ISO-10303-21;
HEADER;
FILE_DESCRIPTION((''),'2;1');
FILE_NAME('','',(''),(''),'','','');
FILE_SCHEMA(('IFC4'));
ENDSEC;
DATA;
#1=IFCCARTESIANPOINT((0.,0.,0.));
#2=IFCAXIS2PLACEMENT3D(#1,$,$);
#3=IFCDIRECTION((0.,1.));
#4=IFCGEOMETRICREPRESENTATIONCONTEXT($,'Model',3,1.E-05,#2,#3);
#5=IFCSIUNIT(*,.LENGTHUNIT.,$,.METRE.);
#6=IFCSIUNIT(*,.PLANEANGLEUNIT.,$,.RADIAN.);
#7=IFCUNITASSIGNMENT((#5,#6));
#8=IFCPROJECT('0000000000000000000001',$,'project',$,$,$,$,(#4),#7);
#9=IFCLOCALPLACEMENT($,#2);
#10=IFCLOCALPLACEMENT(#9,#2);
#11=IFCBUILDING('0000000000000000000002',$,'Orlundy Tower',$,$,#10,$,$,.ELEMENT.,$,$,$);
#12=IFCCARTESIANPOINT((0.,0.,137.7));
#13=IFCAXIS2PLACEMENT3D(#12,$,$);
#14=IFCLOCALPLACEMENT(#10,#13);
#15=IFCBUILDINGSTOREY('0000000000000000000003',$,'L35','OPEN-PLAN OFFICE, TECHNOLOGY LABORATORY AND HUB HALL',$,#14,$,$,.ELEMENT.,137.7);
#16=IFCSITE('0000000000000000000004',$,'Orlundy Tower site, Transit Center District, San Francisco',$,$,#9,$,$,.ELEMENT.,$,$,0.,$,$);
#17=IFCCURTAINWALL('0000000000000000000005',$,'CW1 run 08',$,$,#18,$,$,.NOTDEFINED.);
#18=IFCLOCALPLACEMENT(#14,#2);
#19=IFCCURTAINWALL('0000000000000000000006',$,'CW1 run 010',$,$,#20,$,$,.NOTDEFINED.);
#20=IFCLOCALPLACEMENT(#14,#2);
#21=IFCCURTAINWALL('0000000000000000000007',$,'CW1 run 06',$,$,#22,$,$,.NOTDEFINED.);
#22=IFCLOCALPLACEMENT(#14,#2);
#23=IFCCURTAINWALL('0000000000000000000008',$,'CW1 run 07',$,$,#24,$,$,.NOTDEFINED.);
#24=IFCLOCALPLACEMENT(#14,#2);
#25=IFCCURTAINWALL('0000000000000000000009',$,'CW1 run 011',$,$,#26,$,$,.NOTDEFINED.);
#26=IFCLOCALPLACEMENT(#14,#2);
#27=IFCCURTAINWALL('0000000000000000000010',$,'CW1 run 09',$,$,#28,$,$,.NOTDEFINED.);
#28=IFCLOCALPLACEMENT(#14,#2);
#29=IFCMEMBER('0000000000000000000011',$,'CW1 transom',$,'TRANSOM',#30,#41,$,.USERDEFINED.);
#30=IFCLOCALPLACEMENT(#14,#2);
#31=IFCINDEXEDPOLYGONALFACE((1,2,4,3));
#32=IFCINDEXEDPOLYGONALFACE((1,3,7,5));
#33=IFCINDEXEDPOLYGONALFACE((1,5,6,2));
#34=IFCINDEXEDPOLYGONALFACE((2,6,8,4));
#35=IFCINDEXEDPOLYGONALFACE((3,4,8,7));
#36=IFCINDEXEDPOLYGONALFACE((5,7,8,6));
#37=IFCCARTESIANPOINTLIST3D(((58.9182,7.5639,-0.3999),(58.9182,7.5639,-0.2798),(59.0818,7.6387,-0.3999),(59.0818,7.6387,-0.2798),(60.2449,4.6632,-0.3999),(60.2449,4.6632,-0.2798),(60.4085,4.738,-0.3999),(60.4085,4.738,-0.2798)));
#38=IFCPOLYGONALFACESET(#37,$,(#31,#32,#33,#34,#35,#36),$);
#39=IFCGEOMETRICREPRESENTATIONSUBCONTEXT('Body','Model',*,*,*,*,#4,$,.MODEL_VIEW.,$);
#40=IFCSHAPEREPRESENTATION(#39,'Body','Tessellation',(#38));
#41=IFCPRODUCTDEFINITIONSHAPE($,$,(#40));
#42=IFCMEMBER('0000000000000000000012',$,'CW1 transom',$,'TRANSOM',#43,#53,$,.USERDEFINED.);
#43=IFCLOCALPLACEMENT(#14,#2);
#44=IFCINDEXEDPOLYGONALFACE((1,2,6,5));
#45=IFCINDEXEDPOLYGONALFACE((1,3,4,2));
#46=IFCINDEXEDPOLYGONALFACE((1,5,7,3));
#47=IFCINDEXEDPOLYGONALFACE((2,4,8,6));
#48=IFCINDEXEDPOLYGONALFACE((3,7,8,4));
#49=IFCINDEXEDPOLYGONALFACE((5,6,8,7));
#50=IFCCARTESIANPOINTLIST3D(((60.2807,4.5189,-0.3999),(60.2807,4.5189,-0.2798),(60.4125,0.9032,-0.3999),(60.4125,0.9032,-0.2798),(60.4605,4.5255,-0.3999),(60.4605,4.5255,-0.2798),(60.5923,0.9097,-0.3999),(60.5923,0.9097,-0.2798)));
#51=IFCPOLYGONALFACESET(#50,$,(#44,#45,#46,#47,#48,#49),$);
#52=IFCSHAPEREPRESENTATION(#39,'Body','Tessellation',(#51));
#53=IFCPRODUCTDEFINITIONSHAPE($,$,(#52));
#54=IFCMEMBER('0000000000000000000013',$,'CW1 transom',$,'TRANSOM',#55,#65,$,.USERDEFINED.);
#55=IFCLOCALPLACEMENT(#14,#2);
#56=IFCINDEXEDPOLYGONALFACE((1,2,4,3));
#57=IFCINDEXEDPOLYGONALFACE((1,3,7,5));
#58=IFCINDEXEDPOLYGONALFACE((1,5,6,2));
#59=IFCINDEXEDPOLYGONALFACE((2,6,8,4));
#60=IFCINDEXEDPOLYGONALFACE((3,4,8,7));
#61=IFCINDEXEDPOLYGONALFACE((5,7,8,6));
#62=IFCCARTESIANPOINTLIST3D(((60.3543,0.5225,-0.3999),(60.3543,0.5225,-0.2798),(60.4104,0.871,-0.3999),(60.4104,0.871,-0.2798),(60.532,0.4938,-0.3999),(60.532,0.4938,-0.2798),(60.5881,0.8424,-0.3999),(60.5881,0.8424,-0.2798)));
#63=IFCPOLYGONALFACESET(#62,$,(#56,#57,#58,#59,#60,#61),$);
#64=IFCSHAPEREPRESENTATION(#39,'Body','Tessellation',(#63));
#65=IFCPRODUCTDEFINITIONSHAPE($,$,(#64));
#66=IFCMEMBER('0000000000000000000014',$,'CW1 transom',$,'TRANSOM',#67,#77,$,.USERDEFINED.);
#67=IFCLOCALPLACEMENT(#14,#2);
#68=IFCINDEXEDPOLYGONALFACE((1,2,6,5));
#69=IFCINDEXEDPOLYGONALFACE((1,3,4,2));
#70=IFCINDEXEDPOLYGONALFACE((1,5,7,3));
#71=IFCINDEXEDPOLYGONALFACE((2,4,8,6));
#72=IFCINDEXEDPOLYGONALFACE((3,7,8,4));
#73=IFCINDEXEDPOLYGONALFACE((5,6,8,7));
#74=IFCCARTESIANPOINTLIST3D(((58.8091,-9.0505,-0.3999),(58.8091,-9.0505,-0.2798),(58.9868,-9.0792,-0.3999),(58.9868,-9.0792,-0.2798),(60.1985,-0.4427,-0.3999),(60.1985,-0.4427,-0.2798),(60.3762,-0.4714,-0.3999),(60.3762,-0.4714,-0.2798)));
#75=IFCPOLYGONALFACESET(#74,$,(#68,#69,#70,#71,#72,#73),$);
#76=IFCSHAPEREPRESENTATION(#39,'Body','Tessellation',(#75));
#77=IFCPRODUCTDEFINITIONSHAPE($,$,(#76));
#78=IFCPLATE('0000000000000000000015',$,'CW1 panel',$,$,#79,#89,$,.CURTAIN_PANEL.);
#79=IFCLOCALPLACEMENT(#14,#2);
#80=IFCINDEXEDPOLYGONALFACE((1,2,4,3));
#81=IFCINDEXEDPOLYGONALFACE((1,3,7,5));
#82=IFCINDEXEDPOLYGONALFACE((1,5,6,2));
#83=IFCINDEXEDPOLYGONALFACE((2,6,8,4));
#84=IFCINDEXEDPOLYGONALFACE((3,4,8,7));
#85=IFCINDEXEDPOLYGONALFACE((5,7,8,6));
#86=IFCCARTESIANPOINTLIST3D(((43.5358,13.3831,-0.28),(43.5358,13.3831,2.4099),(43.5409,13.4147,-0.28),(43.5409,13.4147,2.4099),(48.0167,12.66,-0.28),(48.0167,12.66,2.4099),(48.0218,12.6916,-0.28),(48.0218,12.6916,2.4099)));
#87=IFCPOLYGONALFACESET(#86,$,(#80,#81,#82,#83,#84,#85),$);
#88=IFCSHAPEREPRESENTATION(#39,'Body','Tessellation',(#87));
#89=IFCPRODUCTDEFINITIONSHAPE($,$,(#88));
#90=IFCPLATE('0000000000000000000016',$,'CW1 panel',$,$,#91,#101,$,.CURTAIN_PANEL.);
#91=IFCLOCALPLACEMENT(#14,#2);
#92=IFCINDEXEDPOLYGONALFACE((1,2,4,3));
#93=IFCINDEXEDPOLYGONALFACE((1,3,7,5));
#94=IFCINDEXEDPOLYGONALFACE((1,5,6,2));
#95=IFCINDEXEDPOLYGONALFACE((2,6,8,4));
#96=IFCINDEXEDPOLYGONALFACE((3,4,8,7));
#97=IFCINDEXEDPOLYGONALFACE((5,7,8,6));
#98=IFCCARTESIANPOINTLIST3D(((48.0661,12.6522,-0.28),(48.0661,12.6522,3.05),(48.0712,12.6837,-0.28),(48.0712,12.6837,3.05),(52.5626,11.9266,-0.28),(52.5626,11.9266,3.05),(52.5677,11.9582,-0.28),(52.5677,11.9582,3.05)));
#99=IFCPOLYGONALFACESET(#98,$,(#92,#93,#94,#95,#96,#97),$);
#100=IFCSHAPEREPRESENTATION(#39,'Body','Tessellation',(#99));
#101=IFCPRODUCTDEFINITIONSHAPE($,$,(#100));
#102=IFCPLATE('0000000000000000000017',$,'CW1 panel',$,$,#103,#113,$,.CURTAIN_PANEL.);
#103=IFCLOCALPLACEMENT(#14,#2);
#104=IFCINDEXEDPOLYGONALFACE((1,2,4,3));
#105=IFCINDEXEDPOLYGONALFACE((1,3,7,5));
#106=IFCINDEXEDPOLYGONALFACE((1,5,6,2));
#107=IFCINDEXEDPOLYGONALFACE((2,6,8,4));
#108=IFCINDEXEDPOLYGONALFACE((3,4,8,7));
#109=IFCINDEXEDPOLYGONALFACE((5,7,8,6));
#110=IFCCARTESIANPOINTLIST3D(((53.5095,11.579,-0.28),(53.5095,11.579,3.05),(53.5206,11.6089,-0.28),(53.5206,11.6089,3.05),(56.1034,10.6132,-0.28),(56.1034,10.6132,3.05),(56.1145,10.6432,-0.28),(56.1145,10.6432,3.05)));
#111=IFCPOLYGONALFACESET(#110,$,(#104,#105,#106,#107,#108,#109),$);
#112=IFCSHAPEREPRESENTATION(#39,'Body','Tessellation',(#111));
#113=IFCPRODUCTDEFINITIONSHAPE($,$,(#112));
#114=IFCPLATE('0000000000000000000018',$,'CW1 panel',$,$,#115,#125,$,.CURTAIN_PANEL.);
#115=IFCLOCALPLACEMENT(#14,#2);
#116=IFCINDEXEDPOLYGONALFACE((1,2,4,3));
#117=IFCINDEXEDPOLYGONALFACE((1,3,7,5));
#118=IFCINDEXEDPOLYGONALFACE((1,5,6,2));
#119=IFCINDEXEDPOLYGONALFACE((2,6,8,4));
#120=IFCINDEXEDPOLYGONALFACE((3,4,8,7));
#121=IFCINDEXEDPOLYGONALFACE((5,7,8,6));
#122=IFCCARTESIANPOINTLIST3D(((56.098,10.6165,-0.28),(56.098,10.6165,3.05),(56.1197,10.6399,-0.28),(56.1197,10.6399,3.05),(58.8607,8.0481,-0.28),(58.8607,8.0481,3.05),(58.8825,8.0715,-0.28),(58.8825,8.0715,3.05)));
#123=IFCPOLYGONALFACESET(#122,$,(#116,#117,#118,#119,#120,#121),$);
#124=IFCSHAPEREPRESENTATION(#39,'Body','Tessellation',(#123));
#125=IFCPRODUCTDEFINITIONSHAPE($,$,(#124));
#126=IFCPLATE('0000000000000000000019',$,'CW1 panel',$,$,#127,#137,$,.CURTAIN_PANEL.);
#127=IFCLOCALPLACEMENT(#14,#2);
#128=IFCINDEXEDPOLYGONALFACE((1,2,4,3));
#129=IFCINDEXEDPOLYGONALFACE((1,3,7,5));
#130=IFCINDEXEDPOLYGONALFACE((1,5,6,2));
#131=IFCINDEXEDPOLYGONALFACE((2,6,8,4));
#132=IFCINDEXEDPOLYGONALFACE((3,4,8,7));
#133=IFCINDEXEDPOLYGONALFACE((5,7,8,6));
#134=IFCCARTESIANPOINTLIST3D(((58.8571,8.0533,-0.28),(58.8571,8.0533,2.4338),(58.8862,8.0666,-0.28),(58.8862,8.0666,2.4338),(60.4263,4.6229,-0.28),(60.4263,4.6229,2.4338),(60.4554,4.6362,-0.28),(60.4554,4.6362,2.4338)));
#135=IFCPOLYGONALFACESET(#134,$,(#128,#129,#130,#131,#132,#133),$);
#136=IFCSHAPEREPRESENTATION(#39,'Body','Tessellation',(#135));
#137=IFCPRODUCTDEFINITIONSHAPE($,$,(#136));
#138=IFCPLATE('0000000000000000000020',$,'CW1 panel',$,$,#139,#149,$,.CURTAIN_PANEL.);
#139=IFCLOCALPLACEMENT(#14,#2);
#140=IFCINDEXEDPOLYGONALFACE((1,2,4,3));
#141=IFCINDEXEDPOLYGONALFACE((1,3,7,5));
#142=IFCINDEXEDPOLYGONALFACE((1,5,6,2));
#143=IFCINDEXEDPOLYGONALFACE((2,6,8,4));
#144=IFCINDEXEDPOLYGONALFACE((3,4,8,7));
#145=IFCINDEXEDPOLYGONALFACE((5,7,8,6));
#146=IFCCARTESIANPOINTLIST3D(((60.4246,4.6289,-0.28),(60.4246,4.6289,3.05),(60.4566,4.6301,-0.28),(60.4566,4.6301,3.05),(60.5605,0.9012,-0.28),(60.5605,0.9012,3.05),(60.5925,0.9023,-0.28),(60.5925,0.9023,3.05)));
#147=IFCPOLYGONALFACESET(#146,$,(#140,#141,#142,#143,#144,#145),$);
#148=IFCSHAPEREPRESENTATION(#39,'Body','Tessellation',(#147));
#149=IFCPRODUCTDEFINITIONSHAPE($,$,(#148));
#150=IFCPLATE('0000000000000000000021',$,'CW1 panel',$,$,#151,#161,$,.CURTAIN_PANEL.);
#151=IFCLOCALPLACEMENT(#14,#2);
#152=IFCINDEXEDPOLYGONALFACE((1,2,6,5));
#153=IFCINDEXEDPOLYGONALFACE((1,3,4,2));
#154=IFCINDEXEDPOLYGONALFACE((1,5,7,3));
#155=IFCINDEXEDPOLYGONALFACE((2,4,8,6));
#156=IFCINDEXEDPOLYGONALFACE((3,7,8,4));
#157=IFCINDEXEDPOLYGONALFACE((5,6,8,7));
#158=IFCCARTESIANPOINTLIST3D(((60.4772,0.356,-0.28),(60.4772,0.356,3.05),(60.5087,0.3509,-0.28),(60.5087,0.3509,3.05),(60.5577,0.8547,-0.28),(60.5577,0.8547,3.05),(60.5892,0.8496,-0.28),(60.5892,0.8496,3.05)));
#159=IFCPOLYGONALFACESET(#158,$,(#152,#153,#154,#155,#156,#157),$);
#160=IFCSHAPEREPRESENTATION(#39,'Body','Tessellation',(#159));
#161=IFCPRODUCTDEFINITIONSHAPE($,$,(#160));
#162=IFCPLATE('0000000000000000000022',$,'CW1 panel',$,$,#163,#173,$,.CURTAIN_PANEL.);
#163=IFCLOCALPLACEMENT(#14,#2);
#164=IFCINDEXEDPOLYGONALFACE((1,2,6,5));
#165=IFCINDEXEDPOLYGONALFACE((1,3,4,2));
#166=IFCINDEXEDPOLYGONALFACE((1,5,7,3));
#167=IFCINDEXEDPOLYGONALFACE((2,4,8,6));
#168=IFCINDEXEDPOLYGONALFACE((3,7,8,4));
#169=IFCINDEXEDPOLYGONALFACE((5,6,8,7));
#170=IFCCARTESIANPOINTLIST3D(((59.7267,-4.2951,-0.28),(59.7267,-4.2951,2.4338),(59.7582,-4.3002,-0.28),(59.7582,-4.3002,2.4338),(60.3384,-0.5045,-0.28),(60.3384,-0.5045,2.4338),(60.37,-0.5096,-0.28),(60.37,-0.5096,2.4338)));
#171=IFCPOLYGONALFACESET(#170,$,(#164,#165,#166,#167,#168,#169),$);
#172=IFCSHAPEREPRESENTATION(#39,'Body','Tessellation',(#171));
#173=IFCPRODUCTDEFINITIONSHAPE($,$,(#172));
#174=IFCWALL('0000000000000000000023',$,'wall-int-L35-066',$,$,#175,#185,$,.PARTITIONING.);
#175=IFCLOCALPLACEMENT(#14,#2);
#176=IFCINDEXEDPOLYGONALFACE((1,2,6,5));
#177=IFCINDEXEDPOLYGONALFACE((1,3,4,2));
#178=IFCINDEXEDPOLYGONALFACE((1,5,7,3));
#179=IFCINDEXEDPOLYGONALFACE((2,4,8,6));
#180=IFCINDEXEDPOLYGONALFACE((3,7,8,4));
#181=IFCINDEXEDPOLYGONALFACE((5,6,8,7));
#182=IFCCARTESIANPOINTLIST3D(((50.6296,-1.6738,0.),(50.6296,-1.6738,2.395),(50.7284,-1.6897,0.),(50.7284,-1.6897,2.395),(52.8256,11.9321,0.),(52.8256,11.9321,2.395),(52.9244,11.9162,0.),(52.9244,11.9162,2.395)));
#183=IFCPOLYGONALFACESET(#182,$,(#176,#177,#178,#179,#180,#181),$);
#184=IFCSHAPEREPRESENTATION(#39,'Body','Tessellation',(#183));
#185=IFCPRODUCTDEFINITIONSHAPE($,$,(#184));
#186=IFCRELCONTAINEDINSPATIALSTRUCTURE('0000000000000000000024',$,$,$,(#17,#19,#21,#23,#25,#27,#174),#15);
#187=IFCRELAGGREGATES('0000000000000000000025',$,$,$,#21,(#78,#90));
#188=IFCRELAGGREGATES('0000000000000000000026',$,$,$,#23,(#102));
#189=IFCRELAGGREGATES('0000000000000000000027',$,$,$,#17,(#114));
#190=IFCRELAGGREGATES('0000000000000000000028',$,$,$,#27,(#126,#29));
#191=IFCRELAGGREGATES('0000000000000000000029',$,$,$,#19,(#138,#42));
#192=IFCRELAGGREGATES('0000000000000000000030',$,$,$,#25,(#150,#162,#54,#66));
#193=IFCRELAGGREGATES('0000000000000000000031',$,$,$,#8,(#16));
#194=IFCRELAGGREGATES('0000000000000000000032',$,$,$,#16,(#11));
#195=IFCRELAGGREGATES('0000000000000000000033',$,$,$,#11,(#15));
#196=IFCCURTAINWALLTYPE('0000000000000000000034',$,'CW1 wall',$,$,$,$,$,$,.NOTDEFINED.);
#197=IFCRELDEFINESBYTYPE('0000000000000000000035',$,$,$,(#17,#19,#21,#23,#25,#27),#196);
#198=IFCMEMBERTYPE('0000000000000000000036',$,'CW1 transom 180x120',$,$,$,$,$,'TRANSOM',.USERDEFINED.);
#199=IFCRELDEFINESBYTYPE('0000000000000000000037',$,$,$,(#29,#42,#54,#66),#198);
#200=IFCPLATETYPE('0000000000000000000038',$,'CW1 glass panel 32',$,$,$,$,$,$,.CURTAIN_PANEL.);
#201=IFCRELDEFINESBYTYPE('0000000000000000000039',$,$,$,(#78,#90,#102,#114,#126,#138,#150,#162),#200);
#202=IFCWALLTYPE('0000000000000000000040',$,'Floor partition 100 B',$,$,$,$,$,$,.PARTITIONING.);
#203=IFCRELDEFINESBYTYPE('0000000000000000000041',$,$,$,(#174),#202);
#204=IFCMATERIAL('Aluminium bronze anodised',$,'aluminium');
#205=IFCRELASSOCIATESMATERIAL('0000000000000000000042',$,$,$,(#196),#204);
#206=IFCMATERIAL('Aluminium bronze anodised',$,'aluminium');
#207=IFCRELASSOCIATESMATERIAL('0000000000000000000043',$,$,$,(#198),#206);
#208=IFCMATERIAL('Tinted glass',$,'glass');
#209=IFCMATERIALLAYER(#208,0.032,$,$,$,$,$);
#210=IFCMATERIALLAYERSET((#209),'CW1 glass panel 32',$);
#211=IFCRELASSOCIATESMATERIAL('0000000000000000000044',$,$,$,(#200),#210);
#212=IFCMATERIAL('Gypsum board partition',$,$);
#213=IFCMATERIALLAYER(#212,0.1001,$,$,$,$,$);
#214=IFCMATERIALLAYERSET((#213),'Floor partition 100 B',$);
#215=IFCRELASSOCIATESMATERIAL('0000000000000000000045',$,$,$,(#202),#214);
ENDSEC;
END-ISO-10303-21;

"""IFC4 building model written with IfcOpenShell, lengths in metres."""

from ifc_helpers import new_model, si_unit, direction, frame, frame_2d, origin, origin_2d, place, context, subcontext, project, spatial, rectangle, extrude, material, layer, layer_set, material_profile, profile_set, type_object, element, aggregate, save


model = new_model("IFC4")

# Units and contexts
model_context = context("Model", 3, precision=1e-05, world=origin(), true_north=direction((0.0, 1.0)))
body_context = subcontext(model_context, "Body", "Model", "MODEL_VIEW")
ifc_project = project(units=[si_unit("LENGTHUNIT", "METRE"), si_unit("PLANEANGLEUNIT", "RADIAN")], contexts=[model_context])

# Site, building, storey
site_placement = place(None, origin())
site = spatial("IfcSite", under=ifc_project, at=site_placement, Name="Orlundy Tower site, Transit Center District, San Francisco", CompositionType="ELEMENT", RefElevation=0.0)
building_placement = place(site_placement, origin())
building = spatial("IfcBuilding", under=site, at=building_placement, Name="Orlundy Tower", CompositionType="ELEMENT")
storey_placement = place(building_placement, frame((0.0, 0.0, 137.7)))
storey = spatial("IfcBuildingStorey", under=building, at=storey_placement, Name="L35", Description="OPEN-PLAN OFFICE, TECHNOLOGY LABORATORY AND HUB HALL", CompositionType="ELEMENT", Elevation=137.7)

# Curtain walls
ifc_material_1 = material(Name="Aluminium bronze anodised", Category="aluminium")
curtain_wall_type = type_object("IfcCurtainWallType", Name="CW1 wall", PredefinedType="NOTDEFINED", material=ifc_material_1)
curtain_wall_1_placement = place(storey_placement, origin())
curtain_wall_1 = element("IfcCurtainWall", 1, at=curtain_wall_1_placement, inside=storey, type_object=curtain_wall_type, Name="CW1 run 08", PredefinedType="NOTDEFINED")
curtain_wall_2_placement = place(storey_placement, origin())
curtain_wall_2 = element("IfcCurtainWall", 2, at=curtain_wall_2_placement, inside=storey, type_object=curtain_wall_type, Name="CW1 run 010", PredefinedType="NOTDEFINED")

# Curtain wall
curtain_wall_3_placement = place(storey_placement, origin())
curtain_wall_3 = element("IfcCurtainWall", 3, at=curtain_wall_3_placement, inside=storey, type_object=curtain_wall_type, Name="CW1 run 06", PredefinedType="NOTDEFINED")

# Curtain wall
curtain_wall_4_placement = place(storey_placement, origin())
curtain_wall_4 = element("IfcCurtainWall", 4, at=curtain_wall_4_placement, inside=storey, type_object=curtain_wall_type, Name="CW1 run 07", PredefinedType="NOTDEFINED")

# Curtain wall
curtain_wall_5_placement = place(storey_placement, origin())
curtain_wall_5 = element("IfcCurtainWall", 5, at=curtain_wall_5_placement, inside=storey, type_object=curtain_wall_type, Name="CW1 run 011", PredefinedType="NOTDEFINED")

# Shared definitions
ifc_material_2 = material(Name="Aluminium bronze anodised", Category="aluminium")
ifc_material_profile_1 = material_profile(ifc_material_2, rectangle(XDim=0.1799, YDim=0.1201, at=origin_2d()), Name="CW1 transom 180x120")
ifc_profile_set_1 = profile_set([ifc_material_profile_1], Name="Aluminium bronze anodised")
member_type_1 = type_object("IfcMemberType", Name="CW1 transom 180x120", ElementType="TRANSOM", PredefinedType="USERDEFINED", material=ifc_profile_set_1)

# Curtain wall, member
curtain_wall_6_placement = place(storey_placement, origin())
curtain_wall_6 = element("IfcCurtainWall", 6, at=curtain_wall_6_placement, inside=storey, type_object=curtain_wall_type, Name="CW1 run 09", PredefinedType="NOTDEFINED")
member_1_placement = place(storey_placement, frame((59.0, 7.6013, -0.3398), z_axis=(0.41593, -0.909397, 0.0), x_axis=(0.909397, 0.41593, 0.0)))
member_1 = element("IfcMember", 7, at=member_1_placement, type_object=member_type_1, Name="CW1 transom", ObjectType="TRANSOM", PredefinedType="USERDEFINED", context=body_context, shape_type="SweptSolid", body=[
    extrude(rectangle(XDim=0.1799, YDim=0.1201, at=origin_2d()), origin(), (0.0, 0.0, 1.0), 3.1897),
])

# Members
member_2_placement = place(storey_placement, frame((60.3706, 4.5222, -0.3398), z_axis=(0.036438, -0.999336, 0.0), x_axis=(0.999336, 0.036438, 0.0)))
member_2 = element("IfcMember", 8, at=member_2_placement, type_object=member_type_1, Name="CW1 transom", ObjectType="TRANSOM", PredefinedType="USERDEFINED", context=body_context, shape_type="SweptSolid", body=[
    extrude(rectangle(XDim=0.1799, YDim=0.1201, at=origin_2d()), origin(), (0.0, 0.0, 1.0), 3.6182),
])
member_3_placement = place(storey_placement, frame((60.4993, 0.8567, -0.3398), z_axis=(-0.159015, -0.987276, 0.0), x_axis=(0.987276, -0.159015, 0.0)))
member_3 = element("IfcMember", 9, at=member_3_placement, type_object=member_type_1, Name="CW1 transom", ObjectType="TRANSOM", PredefinedType="USERDEFINED", context=body_context, shape_type="SweptSolid", body=[
    extrude(rectangle(XDim=0.1799, YDim=0.1201, at=origin_2d()), origin(), (0.0, 0.0, 1.0), 0.353),
])
member_4_placement = place(storey_placement, frame((60.2874, -0.457, -0.3398), z_axis=(-0.159348, -0.987223, 0.0), x_axis=(0.987223, -0.159348, 0.0)))
member_4 = element("IfcMember", 10, at=member_4_placement, type_object=member_type_1, Name="CW1 transom", ObjectType="TRANSOM", PredefinedType="USERDEFINED", context=body_context, shape_type="SweptSolid", body=[
    extrude(rectangle(XDim=0.1799, YDim=0.1201, at=origin_2d()), origin(), (0.0, 0.0, 1.0), 8.7192),
])

# Plates
ifc_material_3 = material(Name="Tinted glass", Category="glass")
ifc_layer_1 = layer(ifc_material_3, 0.032)
ifc_layer_set_1 = layer_set([ifc_layer_1], Name="CW1 glass panel 32")
plate_type = type_object("IfcPlateType", Name="CW1 glass panel 32", PredefinedType="CURTAIN_PANEL", material=ifc_layer_set_1)
plate_1_placement = place(storey_placement, frame((45.7788, 13.0374, -0.28), z_axis=(0.0, 0.0, 1.0), x_axis=(0.98723, -0.159302, 0.0)))
plate_1 = element("IfcPlate", 11, at=plate_1_placement, type_object=plate_type, Name="CW1 panel", PredefinedType="CURTAIN_PANEL", context=body_context, shape_type="SweptSolid", body=[
    extrude(rectangle(XDim=4.5388, YDim=0.032, at=origin_2d()), origin(), (0.0, 0.0, 1.0), 2.6899),
])
plate_2_placement = place(storey_placement, frame((50.3169, 12.3052, -0.28), z_axis=(0.0, 0.0, 1.0), x_axis=(0.98723, -0.159302, 0.0)))
plate_2 = element("IfcPlate", 12, at=plate_2_placement, type_object=plate_type, Name="CW1 panel", PredefinedType="CURTAIN_PANEL", context=body_context, shape_type="SweptSolid", body=[
    extrude(rectangle(XDim=4.5547, YDim=0.032, at=origin_2d()), origin(), (0.0, 0.0, 1.0), 3.3301),
])
aggregate(curtain_wall_3, [plate_1, plate_2])
plate_3_placement = place(storey_placement, frame((54.812, 11.1111, -0.28), z_axis=(0.0, 0.0, 1.0), x_axis=(0.937158, -0.348905, 0.0)))
plate_3 = element("IfcPlate", 13, at=plate_3_placement, type_object=plate_type, Name="CW1 panel", PredefinedType="CURTAIN_PANEL", context=body_context, shape_type="SweptSolid", body=[
    extrude(rectangle(XDim=2.7678, YDim=0.032, at=origin_2d()), origin(), (0.0, 0.0, 1.0), 3.3301),
])
aggregate(curtain_wall_4, [plate_3])
plate_4_placement = place(storey_placement, frame((57.4902, 9.344, -0.28), z_axis=(0.0, 0.0, 1.0), x_axis=(0.732399, -0.680875, 0.0)))
plate_4 = element("IfcPlate", 14, at=plate_4_placement, type_object=plate_type, Name="CW1 panel", PredefinedType="CURTAIN_PANEL", context=body_context, shape_type="SweptSolid", body=[
    extrude(rectangle(XDim=3.7722, YDim=0.032, at=origin_2d()), origin(), (0.0, 0.0, 1.0), 3.3301),
])
aggregate(curtain_wall_1, [plate_4])
plate_5_placement = place(storey_placement, frame((59.6562, 6.3447, -0.28), z_axis=(0.0, 0.0, 1.0), x_axis=(0.415977, -0.909375, 0.0)))
plate_5 = element("IfcPlate", 15, at=plate_5_placement, type_object=plate_type, Name="CW1 panel", PredefinedType="CURTAIN_PANEL", context=body_context, shape_type="SweptSolid", body=[
    extrude(rectangle(XDim=3.7722, YDim=0.032, at=origin_2d()), origin(), (0.0, 0.0, 1.0), 2.7139),
])
aggregate(curtain_wall_6, [plate_5, member_1])
plate_6_placement = place(storey_placement, frame((60.5085, 2.7656, -0.28), z_axis=(0.0, 0.0, 1.0), x_axis=(0.036423, -0.999336, 0.0)))
plate_6 = element("IfcPlate", 16, at=plate_6_placement, type_object=plate_type, Name="CW1 panel", PredefinedType="CURTAIN_PANEL", context=body_context, shape_type="SweptSolid", body=[
    extrude(rectangle(XDim=3.7302, YDim=0.032, at=origin_2d()), origin(), (0.0, 0.0, 1.0), 3.3301),
])
aggregate(curtain_wall_2, [plate_6, member_2])
plate_7_placement = place(storey_placement, frame((60.5332, 0.6028, -0.28), z_axis=(0.0, 0.0, 1.0), x_axis=(-0.159331, -0.987225, 0.0)))
plate_7 = element("IfcPlate", 17, at=plate_7_placement, type_object=plate_type, Name="CW1 panel", PredefinedType="CURTAIN_PANEL", context=body_context, shape_type="SweptSolid", body=[
    extrude(rectangle(XDim=0.5051, YDim=0.032, at=origin_2d()), origin(), (0.0, 0.0, 1.0), 3.3301),
])
plate_8_placement = place(storey_placement, frame((60.0483, -2.4023, -0.28), z_axis=(0.0, 0.0, 1.0), x_axis=(-0.159331, -0.987225, 0.0)))
plate_8 = element("IfcPlate", 18, at=plate_8_placement, type_object=plate_type, Name="CW1 panel", PredefinedType="CURTAIN_PANEL", context=body_context, shape_type="SweptSolid", body=[
    extrude(rectangle(XDim=3.8396, YDim=0.032, at=origin_2d()), origin(), (0.0, 0.0, 1.0), 2.7139),
])
aggregate(curtain_wall_5, [plate_7, plate_8, member_3, member_4])

# Wall
ifc_material_4 = material(Name="Gypsum board partition")
ifc_layer_2 = layer(ifc_material_4, 0.1001)
ifc_layer_set_2 = layer_set([ifc_layer_2], Name="Floor partition 100 B")
wall_type = type_object("IfcWallType", Name="Floor partition 100 B", PredefinedType="PARTITIONING", material=ifc_layer_set_2)
wall_placement = place(storey_placement, frame((50.679, -1.6819, 0.0), z_axis=(0.0, 0.0, 1.0), x_axis=(0.159341, 0.987224, 0.0)))
element("IfcWall", 19, at=wall_placement, inside=storey, type_object=wall_type, Name="wall-int-L35-066", PredefinedType="PARTITIONING", context=body_context, shape_type="SweptSolid", body=[
    extrude(rectangle(XDim=13.782, YDim=0.1001, at=frame_2d((6.8911, 0.0))), origin(), (0.0, 0.0, 1.0), 2.395),
])

save(model, "model.ifc")
